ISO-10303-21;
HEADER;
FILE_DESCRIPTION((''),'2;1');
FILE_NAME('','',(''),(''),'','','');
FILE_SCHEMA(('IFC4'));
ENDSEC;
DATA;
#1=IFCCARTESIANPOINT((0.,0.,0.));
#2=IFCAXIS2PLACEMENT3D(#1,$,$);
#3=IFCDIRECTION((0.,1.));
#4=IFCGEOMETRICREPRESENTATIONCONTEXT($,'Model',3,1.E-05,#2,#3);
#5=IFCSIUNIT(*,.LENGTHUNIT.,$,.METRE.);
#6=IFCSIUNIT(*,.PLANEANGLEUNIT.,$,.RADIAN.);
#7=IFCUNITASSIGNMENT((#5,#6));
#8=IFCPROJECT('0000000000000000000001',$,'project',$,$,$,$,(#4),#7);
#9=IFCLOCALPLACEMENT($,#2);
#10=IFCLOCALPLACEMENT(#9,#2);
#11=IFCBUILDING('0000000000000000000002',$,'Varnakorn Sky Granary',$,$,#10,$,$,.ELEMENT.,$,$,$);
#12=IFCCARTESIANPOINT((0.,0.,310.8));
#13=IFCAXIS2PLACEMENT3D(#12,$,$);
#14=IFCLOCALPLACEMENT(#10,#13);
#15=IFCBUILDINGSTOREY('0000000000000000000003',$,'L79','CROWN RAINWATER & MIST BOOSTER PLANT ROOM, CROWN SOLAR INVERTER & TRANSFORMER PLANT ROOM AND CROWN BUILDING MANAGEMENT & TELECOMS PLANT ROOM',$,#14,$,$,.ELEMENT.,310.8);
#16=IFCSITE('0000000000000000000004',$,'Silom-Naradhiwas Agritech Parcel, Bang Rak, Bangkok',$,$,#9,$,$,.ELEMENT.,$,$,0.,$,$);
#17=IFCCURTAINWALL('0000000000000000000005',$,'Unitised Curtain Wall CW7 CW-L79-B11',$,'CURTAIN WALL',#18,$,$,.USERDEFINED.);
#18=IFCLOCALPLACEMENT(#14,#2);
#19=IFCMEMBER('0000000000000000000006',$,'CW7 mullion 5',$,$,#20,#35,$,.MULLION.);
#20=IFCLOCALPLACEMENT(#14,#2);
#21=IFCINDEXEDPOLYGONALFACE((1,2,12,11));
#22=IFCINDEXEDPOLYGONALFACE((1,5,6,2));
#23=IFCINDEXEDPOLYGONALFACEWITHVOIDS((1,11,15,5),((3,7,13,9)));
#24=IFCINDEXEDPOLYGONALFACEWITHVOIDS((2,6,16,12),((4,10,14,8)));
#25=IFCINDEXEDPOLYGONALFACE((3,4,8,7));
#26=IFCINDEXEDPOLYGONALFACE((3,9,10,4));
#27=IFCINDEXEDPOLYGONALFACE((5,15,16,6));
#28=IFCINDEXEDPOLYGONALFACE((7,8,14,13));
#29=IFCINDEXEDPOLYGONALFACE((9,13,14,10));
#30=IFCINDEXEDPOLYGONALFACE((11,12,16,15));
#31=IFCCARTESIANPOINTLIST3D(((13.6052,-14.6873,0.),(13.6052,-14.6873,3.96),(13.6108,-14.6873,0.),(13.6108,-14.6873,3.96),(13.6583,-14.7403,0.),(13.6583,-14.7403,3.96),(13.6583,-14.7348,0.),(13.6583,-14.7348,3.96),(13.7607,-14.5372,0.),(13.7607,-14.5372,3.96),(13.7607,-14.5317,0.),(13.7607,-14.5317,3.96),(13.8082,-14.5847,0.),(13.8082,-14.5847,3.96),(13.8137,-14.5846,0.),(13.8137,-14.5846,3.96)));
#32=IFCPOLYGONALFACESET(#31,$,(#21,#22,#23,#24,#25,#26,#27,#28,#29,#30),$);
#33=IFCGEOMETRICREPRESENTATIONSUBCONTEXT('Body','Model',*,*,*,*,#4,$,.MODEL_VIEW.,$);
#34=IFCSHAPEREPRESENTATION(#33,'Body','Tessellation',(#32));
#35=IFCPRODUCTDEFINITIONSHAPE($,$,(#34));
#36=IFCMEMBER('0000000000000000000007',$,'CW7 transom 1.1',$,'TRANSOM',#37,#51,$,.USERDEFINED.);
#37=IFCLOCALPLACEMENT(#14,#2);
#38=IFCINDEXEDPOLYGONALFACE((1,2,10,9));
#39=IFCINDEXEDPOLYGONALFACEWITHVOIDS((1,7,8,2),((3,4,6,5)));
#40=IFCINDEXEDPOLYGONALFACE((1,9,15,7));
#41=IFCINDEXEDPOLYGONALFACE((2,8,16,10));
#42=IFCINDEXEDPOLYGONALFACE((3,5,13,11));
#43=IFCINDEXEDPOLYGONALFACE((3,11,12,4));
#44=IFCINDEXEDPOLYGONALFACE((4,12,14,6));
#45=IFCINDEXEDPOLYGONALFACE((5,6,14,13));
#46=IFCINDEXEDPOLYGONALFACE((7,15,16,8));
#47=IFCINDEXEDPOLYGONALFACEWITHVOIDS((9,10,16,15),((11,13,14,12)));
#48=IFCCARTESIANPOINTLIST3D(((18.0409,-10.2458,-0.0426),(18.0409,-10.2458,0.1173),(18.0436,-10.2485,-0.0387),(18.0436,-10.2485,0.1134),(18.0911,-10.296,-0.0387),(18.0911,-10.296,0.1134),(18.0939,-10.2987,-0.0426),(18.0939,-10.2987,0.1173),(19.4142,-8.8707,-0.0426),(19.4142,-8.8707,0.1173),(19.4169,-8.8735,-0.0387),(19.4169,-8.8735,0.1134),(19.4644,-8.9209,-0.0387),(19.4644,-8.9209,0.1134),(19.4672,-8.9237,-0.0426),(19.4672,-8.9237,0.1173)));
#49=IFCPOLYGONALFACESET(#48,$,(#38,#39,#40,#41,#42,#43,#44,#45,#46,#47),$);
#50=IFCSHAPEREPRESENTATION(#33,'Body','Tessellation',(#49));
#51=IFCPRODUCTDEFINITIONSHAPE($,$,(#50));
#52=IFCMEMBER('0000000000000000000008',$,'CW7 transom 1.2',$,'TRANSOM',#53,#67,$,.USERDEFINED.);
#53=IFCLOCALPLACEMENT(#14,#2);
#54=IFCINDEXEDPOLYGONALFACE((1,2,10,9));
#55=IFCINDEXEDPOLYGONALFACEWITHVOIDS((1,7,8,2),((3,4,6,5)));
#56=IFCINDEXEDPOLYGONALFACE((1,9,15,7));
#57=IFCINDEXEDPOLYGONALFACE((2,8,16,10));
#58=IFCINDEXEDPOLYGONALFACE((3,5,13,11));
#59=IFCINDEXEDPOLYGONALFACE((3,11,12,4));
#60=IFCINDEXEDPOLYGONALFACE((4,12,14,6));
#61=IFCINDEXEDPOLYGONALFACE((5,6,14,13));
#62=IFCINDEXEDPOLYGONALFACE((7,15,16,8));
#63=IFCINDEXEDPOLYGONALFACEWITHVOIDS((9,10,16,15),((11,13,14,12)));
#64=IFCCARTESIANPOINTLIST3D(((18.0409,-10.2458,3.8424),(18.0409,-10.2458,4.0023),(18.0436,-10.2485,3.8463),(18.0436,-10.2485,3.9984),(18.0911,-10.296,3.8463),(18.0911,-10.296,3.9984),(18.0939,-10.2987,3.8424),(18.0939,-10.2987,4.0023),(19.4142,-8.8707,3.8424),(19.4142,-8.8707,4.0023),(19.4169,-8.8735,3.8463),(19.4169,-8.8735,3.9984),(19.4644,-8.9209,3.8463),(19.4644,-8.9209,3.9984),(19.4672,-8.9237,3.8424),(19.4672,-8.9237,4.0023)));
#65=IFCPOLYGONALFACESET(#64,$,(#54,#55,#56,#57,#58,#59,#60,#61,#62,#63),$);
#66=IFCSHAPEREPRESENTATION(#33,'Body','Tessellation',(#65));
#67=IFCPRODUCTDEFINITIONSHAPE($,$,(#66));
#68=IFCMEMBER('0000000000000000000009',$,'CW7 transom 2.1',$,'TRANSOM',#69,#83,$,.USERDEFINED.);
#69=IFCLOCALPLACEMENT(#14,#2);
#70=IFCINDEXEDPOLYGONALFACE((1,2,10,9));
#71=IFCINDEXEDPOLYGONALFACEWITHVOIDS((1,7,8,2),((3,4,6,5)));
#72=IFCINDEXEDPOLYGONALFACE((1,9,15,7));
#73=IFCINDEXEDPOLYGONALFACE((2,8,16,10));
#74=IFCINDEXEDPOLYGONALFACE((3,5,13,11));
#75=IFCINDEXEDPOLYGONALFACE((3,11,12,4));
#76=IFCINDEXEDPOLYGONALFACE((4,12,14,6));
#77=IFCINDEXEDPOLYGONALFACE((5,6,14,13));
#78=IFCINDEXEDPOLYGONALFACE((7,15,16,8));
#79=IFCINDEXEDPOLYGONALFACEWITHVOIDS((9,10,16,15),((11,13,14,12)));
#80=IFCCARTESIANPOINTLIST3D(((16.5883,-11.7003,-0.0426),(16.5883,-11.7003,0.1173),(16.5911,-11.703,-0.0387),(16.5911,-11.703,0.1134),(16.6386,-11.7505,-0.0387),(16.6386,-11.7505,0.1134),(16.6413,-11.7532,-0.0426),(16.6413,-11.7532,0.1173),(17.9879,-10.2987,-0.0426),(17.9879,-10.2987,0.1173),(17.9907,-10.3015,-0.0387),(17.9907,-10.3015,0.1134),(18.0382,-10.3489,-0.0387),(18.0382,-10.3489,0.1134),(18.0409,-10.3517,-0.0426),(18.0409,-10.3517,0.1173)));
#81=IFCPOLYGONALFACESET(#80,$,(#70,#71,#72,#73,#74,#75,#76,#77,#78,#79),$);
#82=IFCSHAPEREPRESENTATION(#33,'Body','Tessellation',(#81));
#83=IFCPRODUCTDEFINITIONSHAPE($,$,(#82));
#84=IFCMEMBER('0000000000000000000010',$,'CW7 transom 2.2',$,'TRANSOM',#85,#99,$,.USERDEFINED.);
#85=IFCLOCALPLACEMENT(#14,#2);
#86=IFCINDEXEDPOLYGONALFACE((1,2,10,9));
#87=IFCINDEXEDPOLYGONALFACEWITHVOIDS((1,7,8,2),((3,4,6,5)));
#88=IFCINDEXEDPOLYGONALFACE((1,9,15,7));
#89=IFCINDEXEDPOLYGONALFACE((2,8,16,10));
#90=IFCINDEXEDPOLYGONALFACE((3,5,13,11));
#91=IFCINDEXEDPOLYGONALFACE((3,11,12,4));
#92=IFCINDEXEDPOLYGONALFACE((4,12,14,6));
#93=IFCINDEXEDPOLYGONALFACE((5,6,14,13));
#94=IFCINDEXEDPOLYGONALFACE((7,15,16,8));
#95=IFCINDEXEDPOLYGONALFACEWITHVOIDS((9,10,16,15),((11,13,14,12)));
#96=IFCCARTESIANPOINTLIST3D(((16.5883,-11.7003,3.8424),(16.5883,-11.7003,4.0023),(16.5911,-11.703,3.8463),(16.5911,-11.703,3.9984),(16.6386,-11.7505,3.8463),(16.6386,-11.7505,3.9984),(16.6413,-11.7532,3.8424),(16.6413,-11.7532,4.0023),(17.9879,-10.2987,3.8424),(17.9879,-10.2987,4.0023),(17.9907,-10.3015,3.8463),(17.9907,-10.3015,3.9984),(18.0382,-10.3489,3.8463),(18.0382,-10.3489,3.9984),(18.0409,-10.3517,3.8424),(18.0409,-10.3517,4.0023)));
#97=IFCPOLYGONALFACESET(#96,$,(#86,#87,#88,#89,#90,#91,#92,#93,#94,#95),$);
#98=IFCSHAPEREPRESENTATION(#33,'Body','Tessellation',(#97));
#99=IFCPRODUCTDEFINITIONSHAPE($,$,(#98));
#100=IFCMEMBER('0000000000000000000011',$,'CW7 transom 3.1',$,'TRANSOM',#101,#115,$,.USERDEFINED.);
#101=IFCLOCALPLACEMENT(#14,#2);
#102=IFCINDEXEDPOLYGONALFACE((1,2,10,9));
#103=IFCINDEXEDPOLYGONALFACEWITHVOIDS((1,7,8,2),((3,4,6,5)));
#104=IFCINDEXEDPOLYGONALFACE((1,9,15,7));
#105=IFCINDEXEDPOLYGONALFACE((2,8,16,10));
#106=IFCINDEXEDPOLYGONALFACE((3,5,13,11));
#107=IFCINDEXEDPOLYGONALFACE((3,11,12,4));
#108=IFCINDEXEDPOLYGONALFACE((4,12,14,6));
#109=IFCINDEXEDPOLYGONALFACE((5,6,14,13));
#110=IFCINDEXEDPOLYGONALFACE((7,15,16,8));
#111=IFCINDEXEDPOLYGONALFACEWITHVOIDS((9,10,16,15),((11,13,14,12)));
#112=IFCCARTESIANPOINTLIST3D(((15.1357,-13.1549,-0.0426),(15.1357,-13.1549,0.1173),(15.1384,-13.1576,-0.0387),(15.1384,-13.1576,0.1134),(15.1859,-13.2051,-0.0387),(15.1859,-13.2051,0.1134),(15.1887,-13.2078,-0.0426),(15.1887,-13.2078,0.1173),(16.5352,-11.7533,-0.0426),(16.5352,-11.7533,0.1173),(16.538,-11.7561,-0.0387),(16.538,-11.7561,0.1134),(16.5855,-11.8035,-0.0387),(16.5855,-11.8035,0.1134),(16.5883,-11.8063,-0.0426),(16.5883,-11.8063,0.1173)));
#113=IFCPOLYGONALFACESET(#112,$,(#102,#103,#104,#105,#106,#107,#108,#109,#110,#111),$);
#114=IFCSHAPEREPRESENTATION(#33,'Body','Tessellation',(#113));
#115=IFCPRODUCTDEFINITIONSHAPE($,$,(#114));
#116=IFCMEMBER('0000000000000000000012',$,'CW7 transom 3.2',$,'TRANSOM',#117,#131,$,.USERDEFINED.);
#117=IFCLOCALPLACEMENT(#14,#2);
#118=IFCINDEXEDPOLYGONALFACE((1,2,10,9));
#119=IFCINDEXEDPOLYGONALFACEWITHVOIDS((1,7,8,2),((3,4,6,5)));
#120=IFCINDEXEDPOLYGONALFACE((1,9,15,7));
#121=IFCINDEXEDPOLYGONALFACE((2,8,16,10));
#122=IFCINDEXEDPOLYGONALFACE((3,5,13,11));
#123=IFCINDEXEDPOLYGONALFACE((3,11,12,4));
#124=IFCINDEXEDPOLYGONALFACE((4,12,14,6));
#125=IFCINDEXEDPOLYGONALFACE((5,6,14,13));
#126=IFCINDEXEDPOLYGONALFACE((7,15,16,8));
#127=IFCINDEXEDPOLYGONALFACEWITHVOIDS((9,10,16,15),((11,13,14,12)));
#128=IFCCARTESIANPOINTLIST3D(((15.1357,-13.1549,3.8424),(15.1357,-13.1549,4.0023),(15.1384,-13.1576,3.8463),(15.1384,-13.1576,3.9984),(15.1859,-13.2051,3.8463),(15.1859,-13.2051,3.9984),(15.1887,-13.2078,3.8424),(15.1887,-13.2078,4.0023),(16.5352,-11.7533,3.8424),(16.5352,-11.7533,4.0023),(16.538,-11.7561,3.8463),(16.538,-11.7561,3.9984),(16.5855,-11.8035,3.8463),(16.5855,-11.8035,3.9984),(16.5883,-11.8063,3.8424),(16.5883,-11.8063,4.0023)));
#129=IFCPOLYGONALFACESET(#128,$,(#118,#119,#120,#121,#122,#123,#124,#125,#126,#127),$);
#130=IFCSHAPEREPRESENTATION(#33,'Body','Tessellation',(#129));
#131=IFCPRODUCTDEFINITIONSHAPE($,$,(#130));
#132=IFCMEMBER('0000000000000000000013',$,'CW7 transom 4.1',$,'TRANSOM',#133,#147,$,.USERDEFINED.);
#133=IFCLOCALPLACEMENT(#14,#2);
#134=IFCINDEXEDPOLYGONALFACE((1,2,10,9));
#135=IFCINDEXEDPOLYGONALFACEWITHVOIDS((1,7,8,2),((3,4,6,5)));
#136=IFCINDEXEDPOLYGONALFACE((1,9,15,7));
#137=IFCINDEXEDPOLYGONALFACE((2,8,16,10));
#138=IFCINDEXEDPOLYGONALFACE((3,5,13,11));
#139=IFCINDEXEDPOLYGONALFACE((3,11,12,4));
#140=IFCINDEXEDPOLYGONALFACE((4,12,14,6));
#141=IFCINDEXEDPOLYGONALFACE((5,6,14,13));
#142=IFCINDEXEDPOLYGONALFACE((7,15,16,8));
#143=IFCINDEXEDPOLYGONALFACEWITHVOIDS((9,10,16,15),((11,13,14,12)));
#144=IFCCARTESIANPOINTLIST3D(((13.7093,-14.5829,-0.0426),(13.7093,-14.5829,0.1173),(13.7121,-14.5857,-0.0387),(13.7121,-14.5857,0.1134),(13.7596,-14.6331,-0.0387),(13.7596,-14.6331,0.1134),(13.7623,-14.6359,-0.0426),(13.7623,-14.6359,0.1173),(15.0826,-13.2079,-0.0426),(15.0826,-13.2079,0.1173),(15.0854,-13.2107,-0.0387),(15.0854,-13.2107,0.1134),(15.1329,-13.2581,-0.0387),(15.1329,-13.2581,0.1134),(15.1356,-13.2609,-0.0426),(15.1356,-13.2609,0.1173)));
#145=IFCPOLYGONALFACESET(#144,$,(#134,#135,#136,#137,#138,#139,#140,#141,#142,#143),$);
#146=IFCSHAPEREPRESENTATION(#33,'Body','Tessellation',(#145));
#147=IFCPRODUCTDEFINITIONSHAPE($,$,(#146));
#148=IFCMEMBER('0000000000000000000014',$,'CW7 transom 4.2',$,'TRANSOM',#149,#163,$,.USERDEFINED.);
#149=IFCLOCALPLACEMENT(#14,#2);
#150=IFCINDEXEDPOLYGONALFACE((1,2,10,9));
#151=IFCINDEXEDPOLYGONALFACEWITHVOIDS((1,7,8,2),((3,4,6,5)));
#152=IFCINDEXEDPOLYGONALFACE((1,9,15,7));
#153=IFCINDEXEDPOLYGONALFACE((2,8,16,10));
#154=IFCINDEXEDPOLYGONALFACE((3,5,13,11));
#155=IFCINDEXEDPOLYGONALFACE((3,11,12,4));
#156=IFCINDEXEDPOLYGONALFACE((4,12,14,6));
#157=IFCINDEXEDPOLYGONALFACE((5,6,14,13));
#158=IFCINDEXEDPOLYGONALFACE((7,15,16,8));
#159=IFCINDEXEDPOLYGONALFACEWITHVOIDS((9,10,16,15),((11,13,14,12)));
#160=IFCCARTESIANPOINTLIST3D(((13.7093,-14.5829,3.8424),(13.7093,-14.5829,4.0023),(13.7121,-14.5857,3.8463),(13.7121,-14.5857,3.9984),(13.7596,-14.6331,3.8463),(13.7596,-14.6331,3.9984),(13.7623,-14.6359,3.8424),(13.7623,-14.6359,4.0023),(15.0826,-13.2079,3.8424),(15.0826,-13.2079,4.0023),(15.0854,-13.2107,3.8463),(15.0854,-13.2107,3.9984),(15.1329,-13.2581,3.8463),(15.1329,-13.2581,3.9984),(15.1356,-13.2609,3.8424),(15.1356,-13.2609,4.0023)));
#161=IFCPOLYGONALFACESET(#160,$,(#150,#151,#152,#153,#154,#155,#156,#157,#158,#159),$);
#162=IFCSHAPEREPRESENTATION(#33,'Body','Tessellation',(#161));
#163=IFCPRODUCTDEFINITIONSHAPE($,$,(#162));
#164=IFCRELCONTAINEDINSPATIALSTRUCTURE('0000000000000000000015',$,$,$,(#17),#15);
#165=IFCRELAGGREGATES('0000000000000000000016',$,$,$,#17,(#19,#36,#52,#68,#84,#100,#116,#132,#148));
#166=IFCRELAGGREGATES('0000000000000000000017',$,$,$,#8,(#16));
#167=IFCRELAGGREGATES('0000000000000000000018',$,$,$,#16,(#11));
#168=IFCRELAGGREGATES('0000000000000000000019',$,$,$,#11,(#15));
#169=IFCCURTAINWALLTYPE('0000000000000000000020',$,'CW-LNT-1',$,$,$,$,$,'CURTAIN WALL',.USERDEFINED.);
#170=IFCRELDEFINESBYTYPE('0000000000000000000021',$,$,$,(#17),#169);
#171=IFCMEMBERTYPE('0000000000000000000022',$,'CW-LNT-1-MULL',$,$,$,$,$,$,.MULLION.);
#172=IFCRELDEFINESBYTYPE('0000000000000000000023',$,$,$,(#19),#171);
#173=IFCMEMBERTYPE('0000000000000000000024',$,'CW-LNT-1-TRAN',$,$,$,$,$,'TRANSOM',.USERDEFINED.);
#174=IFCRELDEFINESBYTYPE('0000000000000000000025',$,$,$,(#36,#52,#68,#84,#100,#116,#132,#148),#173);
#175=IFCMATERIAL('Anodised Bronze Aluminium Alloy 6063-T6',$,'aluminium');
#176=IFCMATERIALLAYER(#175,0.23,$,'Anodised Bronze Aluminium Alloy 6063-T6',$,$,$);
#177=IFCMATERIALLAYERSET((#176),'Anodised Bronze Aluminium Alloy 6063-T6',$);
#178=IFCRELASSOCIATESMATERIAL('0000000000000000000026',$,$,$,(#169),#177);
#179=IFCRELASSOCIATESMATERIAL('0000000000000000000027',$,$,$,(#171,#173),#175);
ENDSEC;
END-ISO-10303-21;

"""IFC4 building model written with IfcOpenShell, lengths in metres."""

from ifc_helpers import new_model, si_unit, direction, frame, origin, origin_2d, place, context, subcontext, project, spatial, hollow_rectangle, extrude, material, layer, layer_set, material_profile, profile_set, type_object, element, aggregate, save


model = new_model("IFC4")

# Units and contexts
model_context = context("Model", 3, precision=1e-05, world=origin(), true_north=direction((0.0, 1.0)))
body_context = subcontext(model_context, "Body", "Model", "MODEL_VIEW")
ifc_project = project(units=[si_unit("LENGTHUNIT", "METRE"), si_unit("PLANEANGLEUNIT", "RADIAN")], contexts=[model_context])

# Site, building, storey
site_placement = place(None, origin())
site = spatial("IfcSite", under=ifc_project, at=site_placement, Name="Silom-Naradhiwas Agritech Parcel, Bang Rak, Bangkok", CompositionType="ELEMENT", RefElevation=0.0)
building_placement = place(site_placement, origin())
building = spatial("IfcBuilding", under=site, at=building_placement, Name="Varnakorn Sky Granary", CompositionType="ELEMENT")
storey_placement = place(building_placement, frame((0.0, 0.0, 310.8)))
storey = spatial("IfcBuildingStorey", under=building, at=storey_placement, Name="L79", Description="CROWN RAINWATER & MIST BOOSTER PLANT ROOM, CROWN SOLAR INVERTER & TRANSFORMER PLANT ROOM AND CROWN BUILDING MANAGEMENT & TELECOMS PLANT ROOM", CompositionType="ELEMENT", Elevation=310.8)

# Curtain wall, members
ifc_material_1 = material(Name="Anodised Bronze Aluminium Alloy 6063-T6", Category="aluminium")
ifc_layer_1 = layer(ifc_material_1, 0.23, Name="Anodised Bronze Aluminium Alloy 6063-T6")
ifc_layer_set_1 = layer_set([ifc_layer_1], Name="Anodised Bronze Aluminium Alloy 6063-T6")
curtain_wall_type = type_object("IfcCurtainWallType", Name="CW-LNT-1", ElementType="CURTAIN WALL", PredefinedType="USERDEFINED", material=ifc_layer_set_1)
curtain_wall_placement = place(storey_placement, origin())
curtain_wall = element("IfcCurtainWall", 1, at=curtain_wall_placement, inside=storey, type_object=curtain_wall_type, Name="Unitised Curtain Wall CW7 CW-L79-B11", ObjectType="CURTAIN WALL", PredefinedType="USERDEFINED")
ifc_material_profile_1 = material_profile(ifc_material_1, hollow_rectangle(XDim=0.075, YDim=0.22, WallThickness=0.0039, at=origin_2d()), Name="ALU MULL 75x220")
ifc_profile_set_1 = profile_set([ifc_material_profile_1], Name="Anodised Bronze Aluminium Alloy 6063-T6")
member_type_1 = type_object("IfcMemberType", Name="CW-LNT-1-MULL", PredefinedType="MULLION", material=ifc_profile_set_1)
member_1_placement = place(storey_placement, frame((13.7095, -14.636, 0.0), z_axis=(0.0, 0.0, 1.0), x_axis=(0.707563, -0.706651, 0.0)))
member_1 = element("IfcMember", 2, at=member_1_placement, type_object=member_type_1, Name="CW7 mullion 5", PredefinedType="MULLION", context=body_context, shape_type="SweptSolid", body=[
    extrude(hollow_rectangle(XDim=0.075, YDim=0.22, WallThickness=0.0039, at=origin_2d()), origin(), (0.0, 0.0, 1.0), 3.96),
])
ifc_material_profile_2 = material_profile(ifc_material_1, hollow_rectangle(XDim=0.075, YDim=0.1599, WallThickness=0.0039, at=origin_2d()), Name="ALU TRAN 75x160")
ifc_profile_set_2 = profile_set([ifc_material_profile_2], Name="Anodised Bronze Aluminium Alloy 6063-T6")
member_type_2 = type_object("IfcMemberType", Name="CW-LNT-1-TRAN", ElementType="TRANSOM", PredefinedType="USERDEFINED", material=ifc_profile_set_2)
member_2_placement = place(storey_placement, frame((19.4407, -8.8972, 0.0374), z_axis=(-0.706667, -0.707546, 0.0), x_axis=(0.707546, -0.706667, 0.0)))
member_2 = element("IfcMember", 3, at=member_2_placement, type_object=member_type_2, Name="CW7 transom 1.1", ObjectType="TRANSOM", PredefinedType="USERDEFINED", context=body_context, shape_type="SweptSolid", body=[
    extrude(hollow_rectangle(XDim=0.075, YDim=0.1599, WallThickness=0.0039, at=origin_2d()), origin(), (0.0, 0.0, 1.0), 1.9434),
])
member_3_placement = place(storey_placement, frame((19.4407, -8.8972, 3.9224), z_axis=(-0.706667, -0.707546, 0.0), x_axis=(0.707546, -0.706667, 0.0)))
member_3 = element("IfcMember", 4, at=member_3_placement, type_object=member_type_2, Name="CW7 transom 1.2", ObjectType="TRANSOM", PredefinedType="USERDEFINED", context=body_context, shape_type="SweptSolid", body=[
    extrude(hollow_rectangle(XDim=0.075, YDim=0.1599, WallThickness=0.0039, at=origin_2d()), origin(), (0.0, 0.0, 1.0), 1.9434),
])
member_4_placement = place(storey_placement, frame((18.0144, -10.3252, 0.0374), z_axis=(-0.706614, -0.7076, 0.0), x_axis=(0.7076, -0.706614, 0.0)))
member_4 = element("IfcMember", 5, at=member_4_placement, type_object=member_type_2, Name="CW7 transom 2.1", ObjectType="TRANSOM", PredefinedType="USERDEFINED", context=body_context, shape_type="SweptSolid", body=[
    extrude(hollow_rectangle(XDim=0.075, YDim=0.1599, WallThickness=0.0039, at=origin_2d()), origin(), (0.0, 0.0, 1.0), 1.9807),
])
member_5_placement = place(storey_placement, frame((18.0144, -10.3252, 3.9224), z_axis=(-0.706614, -0.7076, 0.0), x_axis=(0.7076, -0.706614, 0.0)))
member_5 = element("IfcMember", 6, at=member_5_placement, type_object=member_type_2, Name="CW7 transom 2.2", ObjectType="TRANSOM", PredefinedType="USERDEFINED", context=body_context, shape_type="SweptSolid", body=[
    extrude(hollow_rectangle(XDim=0.075, YDim=0.1599, WallThickness=0.0039, at=origin_2d()), origin(), (0.0, 0.0, 1.0), 1.9807),
])
member_6_placement = place(storey_placement, frame((16.5618, -11.7798, 0.0374), z_axis=(-0.706614, -0.7076, 0.0), x_axis=(0.7076, -0.706614, 0.0)))
member_6 = element("IfcMember", 7, at=member_6_placement, type_object=member_type_2, Name="CW7 transom 3.1", ObjectType="TRANSOM", PredefinedType="USERDEFINED", context=body_context, shape_type="SweptSolid", body=[
    extrude(hollow_rectangle(XDim=0.075, YDim=0.1599, WallThickness=0.0039, at=origin_2d()), origin(), (0.0, 0.0, 1.0), 1.9807),
])
member_7_placement = place(storey_placement, frame((16.5618, -11.7798, 3.9224), z_axis=(-0.706614, -0.7076, 0.0), x_axis=(0.7076, -0.706614, 0.0)))
member_7 = element("IfcMember", 8, at=member_7_placement, type_object=member_type_2, Name="CW7 transom 3.2", ObjectType="TRANSOM", PredefinedType="USERDEFINED", context=body_context, shape_type="SweptSolid", body=[
    extrude(hollow_rectangle(XDim=0.075, YDim=0.1599, WallThickness=0.0039, at=origin_2d()), origin(), (0.0, 0.0, 1.0), 1.9807),
])
member_8_placement = place(storey_placement, frame((15.1091, -13.2344, 0.0374), z_axis=(-0.706667, -0.707546, 0.0), x_axis=(0.707546, -0.706667, 0.0)))
member_8 = element("IfcMember", 9, at=member_8_placement, type_object=member_type_2, Name="CW7 transom 4.1", ObjectType="TRANSOM", PredefinedType="USERDEFINED", context=body_context, shape_type="SweptSolid", body=[
    extrude(hollow_rectangle(XDim=0.075, YDim=0.1599, WallThickness=0.0039, at=origin_2d()), origin(), (0.0, 0.0, 1.0), 1.9434),
])
member_9_placement = place(storey_placement, frame((15.1091, -13.2344, 3.9224), z_axis=(-0.706667, -0.707546, 0.0), x_axis=(0.707546, -0.706667, 0.0)))
member_9 = element("IfcMember", 10, at=member_9_placement, type_object=member_type_2, Name="CW7 transom 4.2", ObjectType="TRANSOM", PredefinedType="USERDEFINED", context=body_context, shape_type="SweptSolid", body=[
    extrude(hollow_rectangle(XDim=0.075, YDim=0.1599, WallThickness=0.0039, at=origin_2d()), origin(), (0.0, 0.0, 1.0), 1.9434),
])

aggregate(curtain_wall, [member_1, member_2, member_3, member_4, member_5, member_6, member_7, member_8, member_9])

save(model, "model.ifc")
